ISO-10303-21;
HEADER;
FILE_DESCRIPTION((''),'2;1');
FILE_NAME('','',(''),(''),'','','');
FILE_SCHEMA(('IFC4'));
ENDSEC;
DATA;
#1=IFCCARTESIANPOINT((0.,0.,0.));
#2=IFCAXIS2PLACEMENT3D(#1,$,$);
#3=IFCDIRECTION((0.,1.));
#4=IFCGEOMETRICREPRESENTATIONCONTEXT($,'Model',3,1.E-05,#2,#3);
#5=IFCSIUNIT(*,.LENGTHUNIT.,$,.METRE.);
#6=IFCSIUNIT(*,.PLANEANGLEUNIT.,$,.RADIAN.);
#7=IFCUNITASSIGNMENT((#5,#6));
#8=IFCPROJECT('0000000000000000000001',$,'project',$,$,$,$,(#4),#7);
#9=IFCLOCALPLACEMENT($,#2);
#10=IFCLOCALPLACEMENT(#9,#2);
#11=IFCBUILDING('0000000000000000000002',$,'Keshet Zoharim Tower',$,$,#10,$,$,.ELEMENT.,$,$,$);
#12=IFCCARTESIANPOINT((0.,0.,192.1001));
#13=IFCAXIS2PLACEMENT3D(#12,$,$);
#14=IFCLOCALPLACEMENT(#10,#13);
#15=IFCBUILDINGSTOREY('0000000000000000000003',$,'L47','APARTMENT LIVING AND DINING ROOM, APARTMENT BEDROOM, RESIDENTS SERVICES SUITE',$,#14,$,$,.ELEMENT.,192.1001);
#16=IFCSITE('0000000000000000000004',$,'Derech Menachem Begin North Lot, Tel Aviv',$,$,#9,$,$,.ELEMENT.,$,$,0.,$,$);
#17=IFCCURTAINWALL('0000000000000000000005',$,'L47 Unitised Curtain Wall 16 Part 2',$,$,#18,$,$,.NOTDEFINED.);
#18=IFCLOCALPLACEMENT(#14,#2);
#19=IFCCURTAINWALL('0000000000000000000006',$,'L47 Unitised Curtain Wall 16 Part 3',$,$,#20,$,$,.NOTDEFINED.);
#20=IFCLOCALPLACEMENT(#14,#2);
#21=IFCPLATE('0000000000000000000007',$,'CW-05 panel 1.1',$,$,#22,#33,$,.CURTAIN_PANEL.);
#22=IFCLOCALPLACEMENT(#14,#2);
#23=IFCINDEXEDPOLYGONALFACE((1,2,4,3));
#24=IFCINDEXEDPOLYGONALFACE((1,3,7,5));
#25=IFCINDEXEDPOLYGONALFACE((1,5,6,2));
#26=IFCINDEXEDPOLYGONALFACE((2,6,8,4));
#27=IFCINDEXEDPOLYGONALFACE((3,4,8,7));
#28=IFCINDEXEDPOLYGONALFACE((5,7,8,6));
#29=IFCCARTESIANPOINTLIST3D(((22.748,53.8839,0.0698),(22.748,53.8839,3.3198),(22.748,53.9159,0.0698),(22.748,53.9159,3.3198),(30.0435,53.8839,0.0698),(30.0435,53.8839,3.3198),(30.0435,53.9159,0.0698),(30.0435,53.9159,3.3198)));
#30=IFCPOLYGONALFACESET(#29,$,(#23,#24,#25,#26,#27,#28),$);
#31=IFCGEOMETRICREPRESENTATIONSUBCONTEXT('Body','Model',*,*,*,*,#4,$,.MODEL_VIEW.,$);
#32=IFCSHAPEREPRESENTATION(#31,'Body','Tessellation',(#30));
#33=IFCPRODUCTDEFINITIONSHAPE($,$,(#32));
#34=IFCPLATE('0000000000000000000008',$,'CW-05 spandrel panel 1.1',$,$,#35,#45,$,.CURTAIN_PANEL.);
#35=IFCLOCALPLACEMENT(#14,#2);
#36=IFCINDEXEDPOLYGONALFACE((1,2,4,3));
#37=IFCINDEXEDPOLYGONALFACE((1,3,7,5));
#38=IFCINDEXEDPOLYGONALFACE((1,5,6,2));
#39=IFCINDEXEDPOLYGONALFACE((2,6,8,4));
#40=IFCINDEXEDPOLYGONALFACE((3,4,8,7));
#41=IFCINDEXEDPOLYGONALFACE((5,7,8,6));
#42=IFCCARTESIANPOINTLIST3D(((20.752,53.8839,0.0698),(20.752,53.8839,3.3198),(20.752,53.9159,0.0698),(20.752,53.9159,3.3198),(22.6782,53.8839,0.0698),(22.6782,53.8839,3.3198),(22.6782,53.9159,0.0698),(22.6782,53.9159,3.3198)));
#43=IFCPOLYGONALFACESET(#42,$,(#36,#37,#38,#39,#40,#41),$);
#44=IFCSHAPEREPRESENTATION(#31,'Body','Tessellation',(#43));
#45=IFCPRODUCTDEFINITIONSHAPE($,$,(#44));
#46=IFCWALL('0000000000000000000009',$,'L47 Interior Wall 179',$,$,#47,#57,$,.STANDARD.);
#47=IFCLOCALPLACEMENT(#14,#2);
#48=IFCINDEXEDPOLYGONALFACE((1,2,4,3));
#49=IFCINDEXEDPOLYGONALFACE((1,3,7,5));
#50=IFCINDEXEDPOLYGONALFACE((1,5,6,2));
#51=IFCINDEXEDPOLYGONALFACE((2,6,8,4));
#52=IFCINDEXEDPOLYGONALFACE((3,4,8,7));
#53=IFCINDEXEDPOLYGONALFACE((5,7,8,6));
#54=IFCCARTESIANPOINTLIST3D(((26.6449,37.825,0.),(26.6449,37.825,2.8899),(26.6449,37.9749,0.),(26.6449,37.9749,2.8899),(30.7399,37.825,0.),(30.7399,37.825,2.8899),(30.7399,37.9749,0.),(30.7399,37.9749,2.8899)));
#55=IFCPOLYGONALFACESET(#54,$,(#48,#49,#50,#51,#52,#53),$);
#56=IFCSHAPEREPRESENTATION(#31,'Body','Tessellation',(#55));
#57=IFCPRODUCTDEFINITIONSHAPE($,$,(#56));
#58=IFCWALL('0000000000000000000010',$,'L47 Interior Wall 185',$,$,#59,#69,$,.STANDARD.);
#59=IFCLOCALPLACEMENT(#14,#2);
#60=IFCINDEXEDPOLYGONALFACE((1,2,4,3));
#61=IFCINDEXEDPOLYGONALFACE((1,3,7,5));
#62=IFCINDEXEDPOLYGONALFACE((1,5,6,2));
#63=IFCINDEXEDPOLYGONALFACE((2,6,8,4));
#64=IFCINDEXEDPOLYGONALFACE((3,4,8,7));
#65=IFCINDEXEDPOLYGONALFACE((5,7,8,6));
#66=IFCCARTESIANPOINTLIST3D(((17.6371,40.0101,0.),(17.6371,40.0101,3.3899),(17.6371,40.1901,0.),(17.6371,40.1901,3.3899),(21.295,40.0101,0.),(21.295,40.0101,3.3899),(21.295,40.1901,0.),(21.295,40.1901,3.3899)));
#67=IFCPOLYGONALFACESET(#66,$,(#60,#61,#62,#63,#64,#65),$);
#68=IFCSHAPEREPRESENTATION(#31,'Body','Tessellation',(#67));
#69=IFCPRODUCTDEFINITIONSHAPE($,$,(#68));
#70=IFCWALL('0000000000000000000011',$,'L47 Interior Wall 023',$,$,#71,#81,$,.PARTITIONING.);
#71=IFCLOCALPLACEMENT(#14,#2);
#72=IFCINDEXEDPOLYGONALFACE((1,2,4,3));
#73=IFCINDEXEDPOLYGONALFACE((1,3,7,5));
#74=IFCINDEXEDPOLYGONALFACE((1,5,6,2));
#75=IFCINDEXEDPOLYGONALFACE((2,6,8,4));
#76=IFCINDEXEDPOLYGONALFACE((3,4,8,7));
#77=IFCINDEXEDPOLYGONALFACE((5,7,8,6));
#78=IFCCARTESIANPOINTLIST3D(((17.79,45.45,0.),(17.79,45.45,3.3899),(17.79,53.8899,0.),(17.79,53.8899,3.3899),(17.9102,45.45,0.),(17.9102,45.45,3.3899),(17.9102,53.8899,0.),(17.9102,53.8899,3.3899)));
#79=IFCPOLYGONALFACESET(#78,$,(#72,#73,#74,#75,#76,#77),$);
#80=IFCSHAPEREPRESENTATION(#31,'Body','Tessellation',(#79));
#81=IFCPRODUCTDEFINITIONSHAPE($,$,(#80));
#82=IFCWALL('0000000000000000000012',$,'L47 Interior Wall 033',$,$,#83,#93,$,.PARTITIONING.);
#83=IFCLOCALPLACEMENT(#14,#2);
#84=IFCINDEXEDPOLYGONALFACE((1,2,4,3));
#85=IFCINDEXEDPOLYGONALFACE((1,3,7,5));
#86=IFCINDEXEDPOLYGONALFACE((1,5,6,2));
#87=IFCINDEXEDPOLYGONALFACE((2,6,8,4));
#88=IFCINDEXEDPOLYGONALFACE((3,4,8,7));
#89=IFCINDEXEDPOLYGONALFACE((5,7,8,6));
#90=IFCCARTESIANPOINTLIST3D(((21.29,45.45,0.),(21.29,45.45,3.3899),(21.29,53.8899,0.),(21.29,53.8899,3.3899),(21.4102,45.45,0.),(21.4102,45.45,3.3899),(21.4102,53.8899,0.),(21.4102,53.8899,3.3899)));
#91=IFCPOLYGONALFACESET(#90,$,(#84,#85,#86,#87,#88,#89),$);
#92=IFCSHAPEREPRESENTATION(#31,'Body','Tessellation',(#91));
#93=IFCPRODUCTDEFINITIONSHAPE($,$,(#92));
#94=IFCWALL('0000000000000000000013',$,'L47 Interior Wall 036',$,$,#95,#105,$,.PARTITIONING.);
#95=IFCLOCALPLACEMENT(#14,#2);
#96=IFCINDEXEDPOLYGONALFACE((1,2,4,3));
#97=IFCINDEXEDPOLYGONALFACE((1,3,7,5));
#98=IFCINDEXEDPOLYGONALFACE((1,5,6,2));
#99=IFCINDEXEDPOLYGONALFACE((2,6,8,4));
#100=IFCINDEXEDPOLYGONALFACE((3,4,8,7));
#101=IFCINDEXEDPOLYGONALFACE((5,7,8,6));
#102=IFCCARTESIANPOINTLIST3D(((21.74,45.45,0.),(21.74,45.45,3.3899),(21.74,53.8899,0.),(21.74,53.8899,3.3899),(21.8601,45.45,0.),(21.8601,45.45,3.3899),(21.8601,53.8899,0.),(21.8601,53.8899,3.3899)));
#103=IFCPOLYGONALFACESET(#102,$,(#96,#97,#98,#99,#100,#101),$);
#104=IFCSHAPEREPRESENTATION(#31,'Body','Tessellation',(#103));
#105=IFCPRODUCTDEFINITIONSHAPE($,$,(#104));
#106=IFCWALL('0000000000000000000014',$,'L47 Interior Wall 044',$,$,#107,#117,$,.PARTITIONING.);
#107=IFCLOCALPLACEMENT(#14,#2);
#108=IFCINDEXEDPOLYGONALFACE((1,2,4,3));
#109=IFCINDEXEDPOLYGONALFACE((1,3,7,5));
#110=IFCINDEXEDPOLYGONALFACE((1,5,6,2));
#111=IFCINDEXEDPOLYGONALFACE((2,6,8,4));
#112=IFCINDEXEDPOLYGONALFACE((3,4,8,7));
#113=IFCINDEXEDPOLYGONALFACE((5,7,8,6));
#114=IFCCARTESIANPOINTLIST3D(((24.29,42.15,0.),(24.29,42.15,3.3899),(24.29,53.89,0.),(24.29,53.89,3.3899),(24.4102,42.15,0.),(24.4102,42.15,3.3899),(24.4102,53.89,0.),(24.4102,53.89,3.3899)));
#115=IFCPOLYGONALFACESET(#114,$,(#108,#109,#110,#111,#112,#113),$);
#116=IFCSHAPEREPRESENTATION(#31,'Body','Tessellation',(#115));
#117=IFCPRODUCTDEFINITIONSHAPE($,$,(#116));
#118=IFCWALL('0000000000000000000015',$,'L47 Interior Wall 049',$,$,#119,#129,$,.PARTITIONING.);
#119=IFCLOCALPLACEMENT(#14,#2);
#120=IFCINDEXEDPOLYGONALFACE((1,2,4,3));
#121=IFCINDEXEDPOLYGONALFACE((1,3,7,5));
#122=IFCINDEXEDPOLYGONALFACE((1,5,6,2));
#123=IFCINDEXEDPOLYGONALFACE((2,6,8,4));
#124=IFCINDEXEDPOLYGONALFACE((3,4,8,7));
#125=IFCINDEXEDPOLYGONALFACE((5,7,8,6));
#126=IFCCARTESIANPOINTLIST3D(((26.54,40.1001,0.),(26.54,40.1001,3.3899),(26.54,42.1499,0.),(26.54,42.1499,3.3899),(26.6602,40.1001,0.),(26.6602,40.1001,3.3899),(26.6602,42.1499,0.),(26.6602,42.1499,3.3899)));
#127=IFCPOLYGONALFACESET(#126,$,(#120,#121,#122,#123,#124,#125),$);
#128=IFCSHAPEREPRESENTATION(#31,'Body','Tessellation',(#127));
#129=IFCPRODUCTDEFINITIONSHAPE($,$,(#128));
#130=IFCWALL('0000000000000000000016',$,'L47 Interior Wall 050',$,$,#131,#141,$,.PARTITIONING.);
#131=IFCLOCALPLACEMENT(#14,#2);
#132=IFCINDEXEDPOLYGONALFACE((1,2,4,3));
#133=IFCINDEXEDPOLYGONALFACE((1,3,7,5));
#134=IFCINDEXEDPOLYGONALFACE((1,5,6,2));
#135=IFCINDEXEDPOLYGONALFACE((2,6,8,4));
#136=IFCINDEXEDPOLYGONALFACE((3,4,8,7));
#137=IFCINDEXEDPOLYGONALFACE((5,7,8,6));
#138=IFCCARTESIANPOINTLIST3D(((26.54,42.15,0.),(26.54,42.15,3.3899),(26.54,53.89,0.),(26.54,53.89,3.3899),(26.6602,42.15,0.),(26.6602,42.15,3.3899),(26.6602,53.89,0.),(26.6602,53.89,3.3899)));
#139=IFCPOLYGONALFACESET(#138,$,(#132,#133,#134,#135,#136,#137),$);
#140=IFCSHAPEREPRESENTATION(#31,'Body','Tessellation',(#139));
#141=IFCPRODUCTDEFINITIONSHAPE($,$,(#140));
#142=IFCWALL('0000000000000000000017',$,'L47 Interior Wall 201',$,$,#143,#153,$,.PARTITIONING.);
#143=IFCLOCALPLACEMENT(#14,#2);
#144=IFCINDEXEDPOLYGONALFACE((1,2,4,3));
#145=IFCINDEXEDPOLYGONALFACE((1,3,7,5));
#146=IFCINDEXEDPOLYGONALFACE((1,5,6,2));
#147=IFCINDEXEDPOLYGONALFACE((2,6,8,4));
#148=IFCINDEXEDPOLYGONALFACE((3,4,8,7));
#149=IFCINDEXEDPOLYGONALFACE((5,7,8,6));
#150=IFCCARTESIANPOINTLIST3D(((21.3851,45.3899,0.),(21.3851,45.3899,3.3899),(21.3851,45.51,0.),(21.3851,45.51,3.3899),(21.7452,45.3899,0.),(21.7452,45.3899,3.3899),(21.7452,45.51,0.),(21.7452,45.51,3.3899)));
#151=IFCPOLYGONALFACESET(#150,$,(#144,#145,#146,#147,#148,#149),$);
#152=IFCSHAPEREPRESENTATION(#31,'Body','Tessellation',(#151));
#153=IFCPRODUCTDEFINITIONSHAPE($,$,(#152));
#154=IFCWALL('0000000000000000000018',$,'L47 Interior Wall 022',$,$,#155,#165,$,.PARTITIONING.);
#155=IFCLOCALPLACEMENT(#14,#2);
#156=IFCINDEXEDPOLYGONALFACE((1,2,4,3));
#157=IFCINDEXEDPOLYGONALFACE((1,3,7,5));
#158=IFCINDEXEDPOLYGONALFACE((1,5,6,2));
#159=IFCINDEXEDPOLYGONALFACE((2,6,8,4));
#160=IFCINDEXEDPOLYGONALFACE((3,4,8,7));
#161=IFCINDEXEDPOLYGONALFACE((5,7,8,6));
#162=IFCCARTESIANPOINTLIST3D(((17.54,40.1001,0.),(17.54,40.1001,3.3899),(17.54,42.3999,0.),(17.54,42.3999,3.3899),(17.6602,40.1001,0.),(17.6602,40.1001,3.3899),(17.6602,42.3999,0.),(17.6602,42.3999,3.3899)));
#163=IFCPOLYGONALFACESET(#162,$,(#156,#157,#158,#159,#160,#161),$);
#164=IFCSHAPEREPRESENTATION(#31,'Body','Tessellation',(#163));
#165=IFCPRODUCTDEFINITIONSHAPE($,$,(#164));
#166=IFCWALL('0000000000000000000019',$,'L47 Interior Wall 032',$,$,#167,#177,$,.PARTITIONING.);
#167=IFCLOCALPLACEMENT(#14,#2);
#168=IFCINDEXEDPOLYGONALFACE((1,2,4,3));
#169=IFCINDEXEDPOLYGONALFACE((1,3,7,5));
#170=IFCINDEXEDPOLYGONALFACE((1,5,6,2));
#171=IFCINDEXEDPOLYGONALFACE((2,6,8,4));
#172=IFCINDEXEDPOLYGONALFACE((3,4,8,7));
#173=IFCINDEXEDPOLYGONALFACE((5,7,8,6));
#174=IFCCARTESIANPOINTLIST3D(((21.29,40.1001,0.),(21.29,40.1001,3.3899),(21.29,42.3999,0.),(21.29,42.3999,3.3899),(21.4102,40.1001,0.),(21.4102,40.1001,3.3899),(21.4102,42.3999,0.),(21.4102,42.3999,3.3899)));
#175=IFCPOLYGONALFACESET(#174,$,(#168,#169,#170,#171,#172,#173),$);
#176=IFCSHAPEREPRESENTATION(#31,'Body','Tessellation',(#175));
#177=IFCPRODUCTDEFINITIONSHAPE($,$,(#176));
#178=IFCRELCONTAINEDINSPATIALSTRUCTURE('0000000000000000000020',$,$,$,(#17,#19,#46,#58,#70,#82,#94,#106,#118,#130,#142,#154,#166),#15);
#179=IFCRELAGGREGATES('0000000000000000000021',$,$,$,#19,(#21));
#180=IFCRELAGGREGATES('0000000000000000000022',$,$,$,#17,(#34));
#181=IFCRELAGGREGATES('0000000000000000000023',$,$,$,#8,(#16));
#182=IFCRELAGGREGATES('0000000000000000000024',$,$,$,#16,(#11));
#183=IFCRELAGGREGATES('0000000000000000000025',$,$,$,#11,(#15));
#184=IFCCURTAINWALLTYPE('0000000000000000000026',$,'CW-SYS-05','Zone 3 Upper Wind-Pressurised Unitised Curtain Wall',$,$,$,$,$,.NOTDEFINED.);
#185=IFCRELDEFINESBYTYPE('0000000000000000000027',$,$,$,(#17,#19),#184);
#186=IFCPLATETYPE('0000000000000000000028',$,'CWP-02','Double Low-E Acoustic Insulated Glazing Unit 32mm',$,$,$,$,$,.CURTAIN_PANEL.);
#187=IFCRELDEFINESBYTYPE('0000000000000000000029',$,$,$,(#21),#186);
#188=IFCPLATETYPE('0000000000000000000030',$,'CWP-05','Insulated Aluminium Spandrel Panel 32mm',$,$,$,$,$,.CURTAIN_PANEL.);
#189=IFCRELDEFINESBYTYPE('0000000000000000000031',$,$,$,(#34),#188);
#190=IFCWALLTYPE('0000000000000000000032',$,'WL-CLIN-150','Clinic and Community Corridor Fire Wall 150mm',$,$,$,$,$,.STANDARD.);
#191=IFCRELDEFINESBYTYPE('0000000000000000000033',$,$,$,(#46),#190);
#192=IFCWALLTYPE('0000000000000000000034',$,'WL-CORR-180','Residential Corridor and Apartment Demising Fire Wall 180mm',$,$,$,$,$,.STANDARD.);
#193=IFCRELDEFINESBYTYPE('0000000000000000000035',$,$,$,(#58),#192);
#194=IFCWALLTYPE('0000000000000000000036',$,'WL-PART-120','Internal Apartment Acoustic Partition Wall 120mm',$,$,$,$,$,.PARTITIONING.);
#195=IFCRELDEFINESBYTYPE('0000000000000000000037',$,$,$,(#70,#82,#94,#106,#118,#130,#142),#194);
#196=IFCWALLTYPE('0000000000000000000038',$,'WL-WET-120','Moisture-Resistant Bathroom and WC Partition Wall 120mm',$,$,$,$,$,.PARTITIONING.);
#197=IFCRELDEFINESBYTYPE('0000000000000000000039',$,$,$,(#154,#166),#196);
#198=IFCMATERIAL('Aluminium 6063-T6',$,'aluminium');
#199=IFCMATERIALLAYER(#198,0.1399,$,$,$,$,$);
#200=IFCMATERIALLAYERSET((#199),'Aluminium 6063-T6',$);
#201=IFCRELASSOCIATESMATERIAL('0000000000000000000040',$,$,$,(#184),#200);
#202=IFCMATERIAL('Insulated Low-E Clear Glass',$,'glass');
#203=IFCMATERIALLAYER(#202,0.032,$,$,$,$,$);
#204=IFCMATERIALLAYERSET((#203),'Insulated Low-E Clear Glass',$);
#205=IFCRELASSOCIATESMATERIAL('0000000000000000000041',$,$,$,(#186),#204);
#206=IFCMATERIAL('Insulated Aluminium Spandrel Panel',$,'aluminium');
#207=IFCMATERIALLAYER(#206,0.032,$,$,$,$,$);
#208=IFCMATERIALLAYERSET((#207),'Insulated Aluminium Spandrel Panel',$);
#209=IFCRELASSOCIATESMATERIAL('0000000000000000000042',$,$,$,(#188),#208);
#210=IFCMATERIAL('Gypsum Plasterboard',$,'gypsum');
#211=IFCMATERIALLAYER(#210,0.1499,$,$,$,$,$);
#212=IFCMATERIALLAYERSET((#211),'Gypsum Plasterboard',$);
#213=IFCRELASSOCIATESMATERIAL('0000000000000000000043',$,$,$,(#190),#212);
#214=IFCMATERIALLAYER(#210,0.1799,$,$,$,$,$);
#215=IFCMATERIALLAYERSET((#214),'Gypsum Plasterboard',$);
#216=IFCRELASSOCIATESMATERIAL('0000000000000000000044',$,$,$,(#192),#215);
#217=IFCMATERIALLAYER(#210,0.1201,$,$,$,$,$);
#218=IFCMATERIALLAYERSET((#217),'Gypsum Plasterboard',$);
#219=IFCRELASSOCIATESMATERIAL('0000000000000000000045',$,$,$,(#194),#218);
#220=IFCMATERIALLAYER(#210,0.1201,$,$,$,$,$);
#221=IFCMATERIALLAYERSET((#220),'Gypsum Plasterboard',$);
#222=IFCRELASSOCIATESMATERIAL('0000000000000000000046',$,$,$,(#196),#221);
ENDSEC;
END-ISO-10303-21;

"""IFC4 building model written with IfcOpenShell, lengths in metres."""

from ifc_helpers import new_model, si_unit, direction, frame, frame_2d, origin, origin_2d, place, context, subcontext, project, spatial, rectangle, extrude, material, layer, layer_set, type_object, element, aggregate, save


model = new_model("IFC4")

# Units and contexts
model_context = context("Model", 3, precision=1e-05, world=origin(), true_north=direction((0.0, 1.0)))
body_context = subcontext(model_context, "Body", "Model", "MODEL_VIEW")
ifc_project = project(units=[si_unit("LENGTHUNIT", "METRE"), si_unit("PLANEANGLEUNIT", "RADIAN")], contexts=[model_context])

# Site, building, storey
site_placement = place(None, origin())
site = spatial("IfcSite", under=ifc_project, at=site_placement, Name="Derech Menachem Begin North Lot, Tel Aviv", CompositionType="ELEMENT", RefElevation=0.0)
building_placement = place(site_placement, origin())
building = spatial("IfcBuilding", under=site, at=building_placement, Name="Keshet Zoharim Tower", CompositionType="ELEMENT")
storey_placement = place(building_placement, frame((0.0, 0.0, 192.1001)))
storey = spatial("IfcBuildingStorey", under=building, at=storey_placement, Name="L47", Description="APARTMENT LIVING AND DINING ROOM, APARTMENT BEDROOM, RESIDENTS SERVICES SUITE", CompositionType="ELEMENT", Elevation=192.1001)

# Curtain wall
ifc_material_1 = material(Name="Aluminium 6063-T6", Category="aluminium")
ifc_layer_1 = layer(ifc_material_1, 0.1399)
ifc_layer_set_1 = layer_set([ifc_layer_1], Name="Aluminium 6063-T6")
curtain_wall_type = type_object("IfcCurtainWallType", Name="CW-SYS-05", Description="Zone 3 Upper Wind-Pressurised Unitised Curtain Wall", PredefinedType="NOTDEFINED", material=ifc_layer_set_1)
curtain_wall_1_placement = place(storey_placement, origin())
curtain_wall_1 = element("IfcCurtainWall", 1, at=curtain_wall_1_placement, inside=storey, type_object=curtain_wall_type, Name="L47 Unitised Curtain Wall 16 Part 2", PredefinedType="NOTDEFINED")

# Curtain wall
curtain_wall_2_placement = place(storey_placement, origin())
curtain_wall_2 = element("IfcCurtainWall", 2, at=curtain_wall_2_placement, inside=storey, type_object=curtain_wall_type, Name="L47 Unitised Curtain Wall 16 Part 3", PredefinedType="NOTDEFINED")

# Plates
ifc_material_2 = material(Name="Insulated Low-E Clear Glass", Category="glass")
ifc_layer_2 = layer(ifc_material_2, 0.032)
ifc_layer_set_2 = layer_set([ifc_layer_2], Name="Insulated Low-E Clear Glass")
plate_type_1 = type_object("IfcPlateType", Name="CWP-02", Description="Double Low-E Acoustic Insulated Glazing Unit 32mm", PredefinedType="CURTAIN_PANEL", material=ifc_layer_set_2)
plate_1_placement = place(storey_placement, frame((26.3958, 53.8999, 0.0698), z_axis=(0.0, 0.0, 1.0), x_axis=(1.0, 0.0, 0.0)))
plate_1 = element("IfcPlate", 3, at=plate_1_placement, type_object=plate_type_1, Name="CW-05 panel 1.1", PredefinedType="CURTAIN_PANEL", context=body_context, shape_type="SweptSolid", body=[
    extrude(rectangle(XDim=7.2954, YDim=0.032, at=origin_2d()), origin(), (0.0, 0.0, 1.0), 3.25),
])
aggregate(curtain_wall_2, [plate_1])
ifc_material_3 = material(Name="Insulated Aluminium Spandrel Panel", Category="aluminium")
ifc_layer_3 = layer(ifc_material_3, 0.032)
ifc_layer_set_3 = layer_set([ifc_layer_3], Name="Insulated Aluminium Spandrel Panel")
plate_type_2 = type_object("IfcPlateType", Name="CWP-05", Description="Insulated Aluminium Spandrel Panel 32mm", PredefinedType="CURTAIN_PANEL", material=ifc_layer_set_3)
plate_2_placement = place(storey_placement, frame((21.7151, 53.8999, 0.0698), z_axis=(0.0, 0.0, 1.0), x_axis=(1.0, 0.0, 0.0)))
plate_2 = element("IfcPlate", 4, at=plate_2_placement, type_object=plate_type_2, Name="CW-05 spandrel panel 1.1", PredefinedType="CURTAIN_PANEL", context=body_context, shape_type="SweptSolid", body=[
    extrude(rectangle(XDim=1.9263, YDim=0.032, at=origin_2d()), origin(), (0.0, 0.0, 1.0), 3.25),
])
aggregate(curtain_wall_1, [plate_2])

# Walls
ifc_material_4 = material(Name="Gypsum Plasterboard", Category="gypsum")
ifc_layer_4 = layer(ifc_material_4, 0.1499)
ifc_layer_set_4 = layer_set([ifc_layer_4], Name="Gypsum Plasterboard")
wall_type_1 = type_object("IfcWallType", Name="WL-CLIN-150", Description="Clinic and Community Corridor Fire Wall 150mm", PredefinedType="STANDARD", material=ifc_layer_set_4)
wall_1_placement = place(storey_placement, frame((26.645, 37.8999, 0.0), z_axis=(0.0, 0.0, 1.0), x_axis=(1.0, 0.0, 0.0)))
element("IfcWall", 5, at=wall_1_placement, inside=storey, type_object=wall_type_1, Name="L47 Interior Wall 179", PredefinedType="STANDARD", context=body_context, shape_type="SweptSolid", body=[
    extrude(rectangle(XDim=4.095, YDim=0.1499, at=frame_2d((2.0474, 0.0))), origin(), (0.0, 0.0, 1.0), 2.8899),
])
ifc_layer_5 = layer(ifc_material_4, 0.1799)
ifc_layer_set_5 = layer_set([ifc_layer_5], Name="Gypsum Plasterboard")
wall_type_2 = type_object("IfcWallType", Name="WL-CORR-180", Description="Residential Corridor and Apartment Demising Fire Wall 180mm", PredefinedType="STANDARD", material=ifc_layer_set_5)
wall_2_placement = place(storey_placement, frame((17.637, 40.1001, 0.0), z_axis=(0.0, 0.0, 1.0), x_axis=(1.0, 0.0, 0.0)))
element("IfcWall", 6, at=wall_2_placement, inside=storey, type_object=wall_type_2, Name="L47 Interior Wall 185", PredefinedType="STANDARD", context=body_context, shape_type="SweptSolid", body=[
    extrude(rectangle(XDim=3.658, YDim=0.1799, at=frame_2d((1.8291, 0.0))), origin(), (0.0, 0.0, 1.0), 3.3899),
])

# Walls
ifc_layer_6 = layer(ifc_material_4, 0.1201)
ifc_layer_set_6 = layer_set([ifc_layer_6], Name="Gypsum Plasterboard")
wall_type_3 = type_object("IfcWallType", Name="WL-PART-120", Description="Internal Apartment Acoustic Partition Wall 120mm", PredefinedType="PARTITIONING", material=ifc_layer_set_6)
for number, where, z_axis, x_axis, name in (
    (7, (17.8501, 45.45, 0.0), (0.0, 0.0, 1.0), (0.0, 1.0, 0.0), "L47 Interior Wall 023"),
    (8, (21.3501, 45.45, 0.0), (0.0, 0.0, 1.0), (0.0, 1.0, 0.0), "L47 Interior Wall 033"),
    (9, (21.8, 45.45, 0.0), (0.0, 0.0, 1.0), (0.0, 1.0, 0.0), "L47 Interior Wall 036"),
):
    element("IfcWall", number, at=place(storey_placement, frame(where, z_axis=z_axis, x_axis=x_axis)), inside=storey, type_object=wall_type_3, Name=name, PredefinedType="PARTITIONING", context=body_context, shape_type="SweptSolid", body=[
        extrude(rectangle(XDim=8.4399, YDim=0.1201, at=frame_2d((4.22, 0.0))), origin(), (0.0, 0.0, 1.0), 3.3899),
    ])
wall_3_placement = place(storey_placement, frame((24.3501, 42.1499, 0.0), z_axis=(0.0, 0.0, 1.0), x_axis=(0.0, 1.0, 0.0)))
element("IfcWall", 10, at=wall_3_placement, inside=storey, type_object=wall_type_3, Name="L47 Interior Wall 044", PredefinedType="PARTITIONING", context=body_context, shape_type="SweptSolid", body=[
    extrude(rectangle(XDim=11.74, YDim=0.1201, at=frame_2d((5.8701, 0.0))), origin(), (0.0, 0.0, 1.0), 3.3899),
])
wall_4_placement = place(storey_placement, frame((26.6001, 40.1001, 0.0), z_axis=(0.0, 0.0, 1.0), x_axis=(0.0, 1.0, 0.0)))
element("IfcWall", 11, at=wall_4_placement, inside=storey, type_object=wall_type_3, Name="L47 Interior Wall 049", PredefinedType="PARTITIONING", context=body_context, shape_type="SweptSolid", body=[
    extrude(rectangle(XDim=2.0498, YDim=0.1201, at=frame_2d((1.0249, 0.0))), origin(), (0.0, 0.0, 1.0), 3.3899),
])
wall_5_placement = place(storey_placement, frame((26.6001, 42.1499, 0.0), z_axis=(0.0, 0.0, 1.0), x_axis=(0.0, 1.0, 0.0)))
element("IfcWall", 12, at=wall_5_placement, inside=storey, type_object=wall_type_3, Name="L47 Interior Wall 050", PredefinedType="PARTITIONING", context=body_context, shape_type="SweptSolid", body=[
    extrude(rectangle(XDim=11.74, YDim=0.1201, at=frame_2d((5.8701, 0.0))), origin(), (0.0, 0.0, 1.0), 3.3899),
])

# Walls
wall_6_placement = place(storey_placement, frame((21.385, 45.45, 0.0), z_axis=(0.0, 0.0, 1.0), x_axis=(1.0, 0.0, 0.0)))
element("IfcWall", 13, at=wall_6_placement, inside=storey, type_object=wall_type_3, Name="L47 Interior Wall 201", PredefinedType="PARTITIONING", context=body_context, shape_type="SweptSolid", body=[
    extrude(rectangle(XDim=0.3601, YDim=0.1201, at=frame_2d((0.1802, 0.0))), origin(), (0.0, 0.0, 1.0), 3.3899),
])
ifc_layer_7 = layer(ifc_material_4, 0.1201)
ifc_layer_set_7 = layer_set([ifc_layer_7], Name="Gypsum Plasterboard")
wall_type_4 = type_object("IfcWallType", Name="WL-WET-120", Description="Moisture-Resistant Bathroom and WC Partition Wall 120mm", PredefinedType="PARTITIONING", material=ifc_layer_set_7)
for number, where, z_axis, x_axis, name in (
    (14, (17.6001, 40.1001, 0.0), (0.0, 0.0, 1.0), (0.0, 1.0, 0.0), "L47 Interior Wall 022"),
    (15, (21.3501, 40.1001, 0.0), (0.0, 0.0, 1.0), (0.0, 1.0, 0.0), "L47 Interior Wall 032"),
):
    element("IfcWall", number, at=place(storey_placement, frame(where, z_axis=z_axis, x_axis=x_axis)), inside=storey, type_object=wall_type_4, Name=name, PredefinedType="PARTITIONING", context=body_context, shape_type="SweptSolid", body=[
        extrude(rectangle(XDim=2.2998, YDim=0.1201, at=frame_2d((1.1499, 0.0))), origin(), (0.0, 0.0, 1.0), 3.3899),
    ])

save(model, "model.ifc")
